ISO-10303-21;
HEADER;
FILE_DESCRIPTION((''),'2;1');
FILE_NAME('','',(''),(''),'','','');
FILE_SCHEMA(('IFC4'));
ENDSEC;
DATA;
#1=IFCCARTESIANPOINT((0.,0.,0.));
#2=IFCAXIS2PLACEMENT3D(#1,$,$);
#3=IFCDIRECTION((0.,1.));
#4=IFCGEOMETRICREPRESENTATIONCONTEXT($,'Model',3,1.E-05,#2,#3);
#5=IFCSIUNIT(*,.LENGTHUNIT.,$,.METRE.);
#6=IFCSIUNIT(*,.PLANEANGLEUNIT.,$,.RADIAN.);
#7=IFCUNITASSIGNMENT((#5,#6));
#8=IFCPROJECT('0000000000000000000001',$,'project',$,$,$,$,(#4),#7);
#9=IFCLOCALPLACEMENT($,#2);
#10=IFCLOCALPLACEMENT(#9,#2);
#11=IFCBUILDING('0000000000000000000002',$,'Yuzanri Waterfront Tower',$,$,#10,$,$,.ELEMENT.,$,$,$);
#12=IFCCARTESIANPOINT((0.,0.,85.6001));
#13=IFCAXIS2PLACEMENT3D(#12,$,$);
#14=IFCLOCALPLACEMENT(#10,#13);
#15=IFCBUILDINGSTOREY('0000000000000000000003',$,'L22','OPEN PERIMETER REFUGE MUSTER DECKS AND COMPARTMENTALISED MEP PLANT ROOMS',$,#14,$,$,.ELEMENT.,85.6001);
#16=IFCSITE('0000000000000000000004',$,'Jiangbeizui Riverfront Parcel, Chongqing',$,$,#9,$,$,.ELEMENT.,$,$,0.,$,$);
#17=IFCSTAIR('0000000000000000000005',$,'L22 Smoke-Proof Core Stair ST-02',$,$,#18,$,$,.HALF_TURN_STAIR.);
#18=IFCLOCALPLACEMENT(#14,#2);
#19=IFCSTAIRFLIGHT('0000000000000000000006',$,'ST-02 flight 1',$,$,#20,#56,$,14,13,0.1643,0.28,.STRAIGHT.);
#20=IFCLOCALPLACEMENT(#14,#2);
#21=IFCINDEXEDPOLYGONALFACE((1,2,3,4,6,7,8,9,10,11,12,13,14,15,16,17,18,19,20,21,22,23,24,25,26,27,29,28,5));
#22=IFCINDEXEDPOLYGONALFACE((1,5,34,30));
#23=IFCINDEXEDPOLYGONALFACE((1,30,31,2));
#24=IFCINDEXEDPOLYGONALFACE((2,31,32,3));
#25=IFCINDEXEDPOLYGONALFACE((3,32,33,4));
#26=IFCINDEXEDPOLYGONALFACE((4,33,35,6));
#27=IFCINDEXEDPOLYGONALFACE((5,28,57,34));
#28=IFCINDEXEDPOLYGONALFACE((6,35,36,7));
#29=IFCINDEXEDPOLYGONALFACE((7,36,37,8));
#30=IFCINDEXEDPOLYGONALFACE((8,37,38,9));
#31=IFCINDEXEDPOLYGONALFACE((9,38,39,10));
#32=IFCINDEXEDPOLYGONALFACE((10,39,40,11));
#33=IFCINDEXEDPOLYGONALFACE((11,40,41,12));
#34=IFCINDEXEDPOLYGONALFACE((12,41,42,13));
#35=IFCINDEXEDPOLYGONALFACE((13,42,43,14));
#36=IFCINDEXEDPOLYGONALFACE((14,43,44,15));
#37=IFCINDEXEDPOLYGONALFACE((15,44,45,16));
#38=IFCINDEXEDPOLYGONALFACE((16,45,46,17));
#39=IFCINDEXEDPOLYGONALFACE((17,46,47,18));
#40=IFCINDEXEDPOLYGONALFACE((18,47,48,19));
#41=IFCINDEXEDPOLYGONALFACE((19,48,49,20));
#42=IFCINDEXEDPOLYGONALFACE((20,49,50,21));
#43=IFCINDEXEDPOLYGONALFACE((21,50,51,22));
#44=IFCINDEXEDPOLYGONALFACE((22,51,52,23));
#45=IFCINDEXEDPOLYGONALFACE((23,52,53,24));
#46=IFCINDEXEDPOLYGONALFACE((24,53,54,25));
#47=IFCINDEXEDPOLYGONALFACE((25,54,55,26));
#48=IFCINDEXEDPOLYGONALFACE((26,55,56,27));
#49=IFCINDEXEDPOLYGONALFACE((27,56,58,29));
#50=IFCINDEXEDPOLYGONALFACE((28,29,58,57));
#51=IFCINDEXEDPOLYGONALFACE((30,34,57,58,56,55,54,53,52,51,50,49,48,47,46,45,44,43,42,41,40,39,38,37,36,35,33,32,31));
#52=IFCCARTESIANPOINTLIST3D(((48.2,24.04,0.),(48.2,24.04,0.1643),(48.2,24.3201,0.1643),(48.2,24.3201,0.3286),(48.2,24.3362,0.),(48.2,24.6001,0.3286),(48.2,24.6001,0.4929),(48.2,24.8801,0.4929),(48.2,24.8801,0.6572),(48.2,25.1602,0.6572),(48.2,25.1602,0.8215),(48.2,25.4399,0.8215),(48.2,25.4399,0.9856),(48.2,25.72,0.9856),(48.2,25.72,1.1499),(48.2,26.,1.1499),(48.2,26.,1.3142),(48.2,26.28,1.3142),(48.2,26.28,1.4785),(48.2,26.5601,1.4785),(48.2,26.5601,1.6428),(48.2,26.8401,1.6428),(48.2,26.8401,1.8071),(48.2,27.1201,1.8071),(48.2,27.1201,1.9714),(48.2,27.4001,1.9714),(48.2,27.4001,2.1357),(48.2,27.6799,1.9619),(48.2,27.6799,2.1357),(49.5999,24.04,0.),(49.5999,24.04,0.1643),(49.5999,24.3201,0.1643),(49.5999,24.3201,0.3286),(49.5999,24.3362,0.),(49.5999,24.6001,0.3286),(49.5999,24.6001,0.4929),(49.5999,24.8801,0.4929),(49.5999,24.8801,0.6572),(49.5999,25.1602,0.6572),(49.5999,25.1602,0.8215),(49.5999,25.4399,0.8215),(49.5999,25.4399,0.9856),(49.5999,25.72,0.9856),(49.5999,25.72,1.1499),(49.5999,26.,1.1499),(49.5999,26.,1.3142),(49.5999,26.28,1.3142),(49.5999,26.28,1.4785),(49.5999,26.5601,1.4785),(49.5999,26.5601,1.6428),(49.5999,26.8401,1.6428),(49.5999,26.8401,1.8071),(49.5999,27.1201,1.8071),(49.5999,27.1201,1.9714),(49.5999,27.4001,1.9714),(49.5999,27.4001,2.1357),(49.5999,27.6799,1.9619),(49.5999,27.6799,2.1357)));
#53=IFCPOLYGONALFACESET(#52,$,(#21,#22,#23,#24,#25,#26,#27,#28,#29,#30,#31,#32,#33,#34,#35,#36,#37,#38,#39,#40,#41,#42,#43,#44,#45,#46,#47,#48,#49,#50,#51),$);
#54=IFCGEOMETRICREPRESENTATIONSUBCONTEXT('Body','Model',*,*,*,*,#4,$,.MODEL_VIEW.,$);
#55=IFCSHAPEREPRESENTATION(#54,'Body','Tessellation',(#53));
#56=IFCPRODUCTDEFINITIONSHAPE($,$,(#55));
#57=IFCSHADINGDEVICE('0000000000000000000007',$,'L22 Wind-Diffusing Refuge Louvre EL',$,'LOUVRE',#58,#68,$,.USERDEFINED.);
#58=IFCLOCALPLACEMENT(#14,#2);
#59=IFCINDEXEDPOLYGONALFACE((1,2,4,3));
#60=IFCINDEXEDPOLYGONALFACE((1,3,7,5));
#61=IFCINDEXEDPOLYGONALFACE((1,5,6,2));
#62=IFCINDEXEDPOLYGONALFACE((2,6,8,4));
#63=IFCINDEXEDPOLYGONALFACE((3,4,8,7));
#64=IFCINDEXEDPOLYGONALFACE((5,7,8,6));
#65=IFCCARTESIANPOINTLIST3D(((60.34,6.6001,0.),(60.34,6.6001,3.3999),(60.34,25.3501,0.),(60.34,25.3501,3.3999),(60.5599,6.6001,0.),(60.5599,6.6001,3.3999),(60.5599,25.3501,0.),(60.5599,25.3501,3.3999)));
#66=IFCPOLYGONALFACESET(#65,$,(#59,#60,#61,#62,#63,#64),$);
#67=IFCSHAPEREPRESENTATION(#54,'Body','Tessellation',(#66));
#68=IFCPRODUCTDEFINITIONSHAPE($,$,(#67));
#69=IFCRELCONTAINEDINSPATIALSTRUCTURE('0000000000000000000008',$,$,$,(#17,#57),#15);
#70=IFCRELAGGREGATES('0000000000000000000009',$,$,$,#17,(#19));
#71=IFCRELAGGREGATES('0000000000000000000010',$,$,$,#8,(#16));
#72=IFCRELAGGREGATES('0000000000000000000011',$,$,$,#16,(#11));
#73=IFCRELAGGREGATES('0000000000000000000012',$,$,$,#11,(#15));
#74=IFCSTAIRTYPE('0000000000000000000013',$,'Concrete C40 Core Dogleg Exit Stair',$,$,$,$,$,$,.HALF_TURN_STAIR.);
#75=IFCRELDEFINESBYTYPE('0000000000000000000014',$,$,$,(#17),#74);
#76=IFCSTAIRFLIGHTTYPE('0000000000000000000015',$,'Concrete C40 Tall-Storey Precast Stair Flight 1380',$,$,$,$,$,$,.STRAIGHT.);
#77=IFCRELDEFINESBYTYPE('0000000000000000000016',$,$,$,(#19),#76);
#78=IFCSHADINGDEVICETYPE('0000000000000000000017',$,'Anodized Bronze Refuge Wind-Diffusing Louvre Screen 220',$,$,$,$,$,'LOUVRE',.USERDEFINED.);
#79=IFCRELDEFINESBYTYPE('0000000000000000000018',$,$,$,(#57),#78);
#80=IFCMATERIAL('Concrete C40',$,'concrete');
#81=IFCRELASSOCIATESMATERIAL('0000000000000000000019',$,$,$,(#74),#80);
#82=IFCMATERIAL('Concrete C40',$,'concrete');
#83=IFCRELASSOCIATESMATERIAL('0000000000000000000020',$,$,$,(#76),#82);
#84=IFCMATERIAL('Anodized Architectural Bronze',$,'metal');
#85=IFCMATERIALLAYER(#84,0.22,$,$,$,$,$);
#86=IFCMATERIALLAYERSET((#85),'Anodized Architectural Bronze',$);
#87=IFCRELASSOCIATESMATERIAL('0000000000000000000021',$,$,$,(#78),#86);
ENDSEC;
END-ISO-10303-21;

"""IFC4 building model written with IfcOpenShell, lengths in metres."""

from ifc_helpers import new_model, si_unit, direction, frame, origin, origin_2d, place, context, subcontext, project, spatial, polyline, rectangle, outline, extrude, source, transform, mapped, material, layer, layer_set, type_object, element, aggregate, save


model = new_model("IFC4")

# Units and contexts
model_context = context("Model", 3, precision=1e-05, world=origin(), true_north=direction((0.0, 1.0)))
body_context = subcontext(model_context, "Body", "Model", "MODEL_VIEW")
ifc_project = project(units=[si_unit("LENGTHUNIT", "METRE"), si_unit("PLANEANGLEUNIT", "RADIAN")], contexts=[model_context])

# Site, building, storey
site_placement = place(None, origin())
site = spatial("IfcSite", under=ifc_project, at=site_placement, Name="Jiangbeizui Riverfront Parcel, Chongqing", CompositionType="ELEMENT", RefElevation=0.0)
building_placement = place(site_placement, origin())
building = spatial("IfcBuilding", under=site, at=building_placement, Name="Yuzanri Waterfront Tower", CompositionType="ELEMENT")
storey_placement = place(building_placement, frame((0.0, 0.0, 85.6001)))
storey = spatial("IfcBuildingStorey", under=building, at=storey_placement, Name="L22", Description="OPEN PERIMETER REFUGE MUSTER DECKS AND COMPARTMENTALISED MEP PLANT ROOMS", CompositionType="ELEMENT", Elevation=85.6001)

# Stair, stair flight
ifc_material_1 = material(Name="Concrete C40", Category="concrete")
stair_type = type_object("IfcStairType", Name="Concrete C40 Core Dogleg Exit Stair", PredefinedType="HALF_TURN_STAIR", material=ifc_material_1)
stair_placement = place(storey_placement, origin())
stair = element("IfcStair", 1, at=stair_placement, inside=storey, type_object=stair_type, Name="L22 Smoke-Proof Core Stair ST-02", PredefinedType="HALF_TURN_STAIR")
ifc_material_2 = material(Name="Concrete C40", Category="concrete")
stair_flight_type = type_object("IfcStairFlightType", Name="Concrete C40 Tall-Storey Precast Stair Flight 1380", PredefinedType="STRAIGHT", material=ifc_material_2)
shared_shape_1 = source(origin(), body_context, "Body", "SweptSolid", [
    extrude(outline(polyline([(0.0, 0.0), (0.0, 0.1643), (0.28, 0.1643), (0.28, 0.3286), (0.5601, 0.3286), (0.5601, 0.4929), (0.8401, 0.4929), (0.8401, 0.6572), (1.1201, 0.6572), (1.1201, 0.8215), (1.3999, 0.8215), (1.3999, 0.9856), (1.6799, 0.9856), (1.6799, 1.1499), (1.96, 1.1499), (1.96, 1.3142), (2.24, 1.3142), (2.24, 1.4785), (2.52, 1.4785), (2.52, 1.6428), (2.8, 1.6428), (2.8, 1.8071), (3.0801, 1.8071), (3.0801, 1.9714), (3.3601, 1.9714), (3.3601, 2.1357), (3.6399, 2.1357), (3.6399, 2.3), (3.6399, 1.9619), (0.2961, 0.0), (0.0, 0.0)])), frame((0.0, 0.7, 0.0), z_axis=(0.0, -1.0, 0.0), x_axis=(1.0, 0.0, 0.0)), (0.0, 0.0, 1.0), 1.3999),
])
stair_flight_placement = place(storey_placement, frame((48.8999, 24.04, 0.0), z_axis=(0.0, 0.0, 1.0), x_axis=(0.0, 1.0, 0.0)))
stair_flight = element("IfcStairFlight", 2, at=stair_flight_placement, type_object=stair_flight_type, Name="ST-02 flight 1", NumberOfRisers=14, NumberOfTreads=13, PredefinedType="STRAIGHT", RiserHeight=0.1643, TreadLength=0.28, context=body_context, shape_type="MappedRepresentation", body=[
    mapped(shared_shape_1, transform((0.0, 0.0, 0.0), scale=1.0)),
])
aggregate(stair, [stair_flight])

# Shading device
ifc_material_3 = material(Name="Anodized Architectural Bronze", Category="metal")
ifc_layer_1 = layer(ifc_material_3, 0.22)
ifc_layer_set_1 = layer_set([ifc_layer_1], Name="Anodized Architectural Bronze")
shading_device_type = type_object("IfcShadingDeviceType", Name="Anodized Bronze Refuge Wind-Diffusing Louvre Screen 220", ElementType="LOUVRE", PredefinedType="USERDEFINED", material=ifc_layer_set_1)
shared_shape_2 = source(origin(), body_context, "Body", "SweptSolid", [
    extrude(rectangle(XDim=0.22, YDim=18.75, at=origin_2d()), origin(), (0.0, 0.0, 1.0), 3.3999),
])
shading_device_placement = place(storey_placement, frame((60.45, 15.9751, 0.0), z_axis=(0.0, 0.0, 1.0), x_axis=(1.0, 0.0, 0.0)))
element("IfcShadingDevice", 3, at=shading_device_placement, inside=storey, type_object=shading_device_type, Name="L22 Wind-Diffusing Refuge Louvre EL", ObjectType="LOUVRE", PredefinedType="USERDEFINED", context=body_context, shape_type="MappedRepresentation", body=[
    mapped(shared_shape_2, transform((0.0, 0.0, 0.0), scale=1.0)),
])

save(model, "model.ifc")
